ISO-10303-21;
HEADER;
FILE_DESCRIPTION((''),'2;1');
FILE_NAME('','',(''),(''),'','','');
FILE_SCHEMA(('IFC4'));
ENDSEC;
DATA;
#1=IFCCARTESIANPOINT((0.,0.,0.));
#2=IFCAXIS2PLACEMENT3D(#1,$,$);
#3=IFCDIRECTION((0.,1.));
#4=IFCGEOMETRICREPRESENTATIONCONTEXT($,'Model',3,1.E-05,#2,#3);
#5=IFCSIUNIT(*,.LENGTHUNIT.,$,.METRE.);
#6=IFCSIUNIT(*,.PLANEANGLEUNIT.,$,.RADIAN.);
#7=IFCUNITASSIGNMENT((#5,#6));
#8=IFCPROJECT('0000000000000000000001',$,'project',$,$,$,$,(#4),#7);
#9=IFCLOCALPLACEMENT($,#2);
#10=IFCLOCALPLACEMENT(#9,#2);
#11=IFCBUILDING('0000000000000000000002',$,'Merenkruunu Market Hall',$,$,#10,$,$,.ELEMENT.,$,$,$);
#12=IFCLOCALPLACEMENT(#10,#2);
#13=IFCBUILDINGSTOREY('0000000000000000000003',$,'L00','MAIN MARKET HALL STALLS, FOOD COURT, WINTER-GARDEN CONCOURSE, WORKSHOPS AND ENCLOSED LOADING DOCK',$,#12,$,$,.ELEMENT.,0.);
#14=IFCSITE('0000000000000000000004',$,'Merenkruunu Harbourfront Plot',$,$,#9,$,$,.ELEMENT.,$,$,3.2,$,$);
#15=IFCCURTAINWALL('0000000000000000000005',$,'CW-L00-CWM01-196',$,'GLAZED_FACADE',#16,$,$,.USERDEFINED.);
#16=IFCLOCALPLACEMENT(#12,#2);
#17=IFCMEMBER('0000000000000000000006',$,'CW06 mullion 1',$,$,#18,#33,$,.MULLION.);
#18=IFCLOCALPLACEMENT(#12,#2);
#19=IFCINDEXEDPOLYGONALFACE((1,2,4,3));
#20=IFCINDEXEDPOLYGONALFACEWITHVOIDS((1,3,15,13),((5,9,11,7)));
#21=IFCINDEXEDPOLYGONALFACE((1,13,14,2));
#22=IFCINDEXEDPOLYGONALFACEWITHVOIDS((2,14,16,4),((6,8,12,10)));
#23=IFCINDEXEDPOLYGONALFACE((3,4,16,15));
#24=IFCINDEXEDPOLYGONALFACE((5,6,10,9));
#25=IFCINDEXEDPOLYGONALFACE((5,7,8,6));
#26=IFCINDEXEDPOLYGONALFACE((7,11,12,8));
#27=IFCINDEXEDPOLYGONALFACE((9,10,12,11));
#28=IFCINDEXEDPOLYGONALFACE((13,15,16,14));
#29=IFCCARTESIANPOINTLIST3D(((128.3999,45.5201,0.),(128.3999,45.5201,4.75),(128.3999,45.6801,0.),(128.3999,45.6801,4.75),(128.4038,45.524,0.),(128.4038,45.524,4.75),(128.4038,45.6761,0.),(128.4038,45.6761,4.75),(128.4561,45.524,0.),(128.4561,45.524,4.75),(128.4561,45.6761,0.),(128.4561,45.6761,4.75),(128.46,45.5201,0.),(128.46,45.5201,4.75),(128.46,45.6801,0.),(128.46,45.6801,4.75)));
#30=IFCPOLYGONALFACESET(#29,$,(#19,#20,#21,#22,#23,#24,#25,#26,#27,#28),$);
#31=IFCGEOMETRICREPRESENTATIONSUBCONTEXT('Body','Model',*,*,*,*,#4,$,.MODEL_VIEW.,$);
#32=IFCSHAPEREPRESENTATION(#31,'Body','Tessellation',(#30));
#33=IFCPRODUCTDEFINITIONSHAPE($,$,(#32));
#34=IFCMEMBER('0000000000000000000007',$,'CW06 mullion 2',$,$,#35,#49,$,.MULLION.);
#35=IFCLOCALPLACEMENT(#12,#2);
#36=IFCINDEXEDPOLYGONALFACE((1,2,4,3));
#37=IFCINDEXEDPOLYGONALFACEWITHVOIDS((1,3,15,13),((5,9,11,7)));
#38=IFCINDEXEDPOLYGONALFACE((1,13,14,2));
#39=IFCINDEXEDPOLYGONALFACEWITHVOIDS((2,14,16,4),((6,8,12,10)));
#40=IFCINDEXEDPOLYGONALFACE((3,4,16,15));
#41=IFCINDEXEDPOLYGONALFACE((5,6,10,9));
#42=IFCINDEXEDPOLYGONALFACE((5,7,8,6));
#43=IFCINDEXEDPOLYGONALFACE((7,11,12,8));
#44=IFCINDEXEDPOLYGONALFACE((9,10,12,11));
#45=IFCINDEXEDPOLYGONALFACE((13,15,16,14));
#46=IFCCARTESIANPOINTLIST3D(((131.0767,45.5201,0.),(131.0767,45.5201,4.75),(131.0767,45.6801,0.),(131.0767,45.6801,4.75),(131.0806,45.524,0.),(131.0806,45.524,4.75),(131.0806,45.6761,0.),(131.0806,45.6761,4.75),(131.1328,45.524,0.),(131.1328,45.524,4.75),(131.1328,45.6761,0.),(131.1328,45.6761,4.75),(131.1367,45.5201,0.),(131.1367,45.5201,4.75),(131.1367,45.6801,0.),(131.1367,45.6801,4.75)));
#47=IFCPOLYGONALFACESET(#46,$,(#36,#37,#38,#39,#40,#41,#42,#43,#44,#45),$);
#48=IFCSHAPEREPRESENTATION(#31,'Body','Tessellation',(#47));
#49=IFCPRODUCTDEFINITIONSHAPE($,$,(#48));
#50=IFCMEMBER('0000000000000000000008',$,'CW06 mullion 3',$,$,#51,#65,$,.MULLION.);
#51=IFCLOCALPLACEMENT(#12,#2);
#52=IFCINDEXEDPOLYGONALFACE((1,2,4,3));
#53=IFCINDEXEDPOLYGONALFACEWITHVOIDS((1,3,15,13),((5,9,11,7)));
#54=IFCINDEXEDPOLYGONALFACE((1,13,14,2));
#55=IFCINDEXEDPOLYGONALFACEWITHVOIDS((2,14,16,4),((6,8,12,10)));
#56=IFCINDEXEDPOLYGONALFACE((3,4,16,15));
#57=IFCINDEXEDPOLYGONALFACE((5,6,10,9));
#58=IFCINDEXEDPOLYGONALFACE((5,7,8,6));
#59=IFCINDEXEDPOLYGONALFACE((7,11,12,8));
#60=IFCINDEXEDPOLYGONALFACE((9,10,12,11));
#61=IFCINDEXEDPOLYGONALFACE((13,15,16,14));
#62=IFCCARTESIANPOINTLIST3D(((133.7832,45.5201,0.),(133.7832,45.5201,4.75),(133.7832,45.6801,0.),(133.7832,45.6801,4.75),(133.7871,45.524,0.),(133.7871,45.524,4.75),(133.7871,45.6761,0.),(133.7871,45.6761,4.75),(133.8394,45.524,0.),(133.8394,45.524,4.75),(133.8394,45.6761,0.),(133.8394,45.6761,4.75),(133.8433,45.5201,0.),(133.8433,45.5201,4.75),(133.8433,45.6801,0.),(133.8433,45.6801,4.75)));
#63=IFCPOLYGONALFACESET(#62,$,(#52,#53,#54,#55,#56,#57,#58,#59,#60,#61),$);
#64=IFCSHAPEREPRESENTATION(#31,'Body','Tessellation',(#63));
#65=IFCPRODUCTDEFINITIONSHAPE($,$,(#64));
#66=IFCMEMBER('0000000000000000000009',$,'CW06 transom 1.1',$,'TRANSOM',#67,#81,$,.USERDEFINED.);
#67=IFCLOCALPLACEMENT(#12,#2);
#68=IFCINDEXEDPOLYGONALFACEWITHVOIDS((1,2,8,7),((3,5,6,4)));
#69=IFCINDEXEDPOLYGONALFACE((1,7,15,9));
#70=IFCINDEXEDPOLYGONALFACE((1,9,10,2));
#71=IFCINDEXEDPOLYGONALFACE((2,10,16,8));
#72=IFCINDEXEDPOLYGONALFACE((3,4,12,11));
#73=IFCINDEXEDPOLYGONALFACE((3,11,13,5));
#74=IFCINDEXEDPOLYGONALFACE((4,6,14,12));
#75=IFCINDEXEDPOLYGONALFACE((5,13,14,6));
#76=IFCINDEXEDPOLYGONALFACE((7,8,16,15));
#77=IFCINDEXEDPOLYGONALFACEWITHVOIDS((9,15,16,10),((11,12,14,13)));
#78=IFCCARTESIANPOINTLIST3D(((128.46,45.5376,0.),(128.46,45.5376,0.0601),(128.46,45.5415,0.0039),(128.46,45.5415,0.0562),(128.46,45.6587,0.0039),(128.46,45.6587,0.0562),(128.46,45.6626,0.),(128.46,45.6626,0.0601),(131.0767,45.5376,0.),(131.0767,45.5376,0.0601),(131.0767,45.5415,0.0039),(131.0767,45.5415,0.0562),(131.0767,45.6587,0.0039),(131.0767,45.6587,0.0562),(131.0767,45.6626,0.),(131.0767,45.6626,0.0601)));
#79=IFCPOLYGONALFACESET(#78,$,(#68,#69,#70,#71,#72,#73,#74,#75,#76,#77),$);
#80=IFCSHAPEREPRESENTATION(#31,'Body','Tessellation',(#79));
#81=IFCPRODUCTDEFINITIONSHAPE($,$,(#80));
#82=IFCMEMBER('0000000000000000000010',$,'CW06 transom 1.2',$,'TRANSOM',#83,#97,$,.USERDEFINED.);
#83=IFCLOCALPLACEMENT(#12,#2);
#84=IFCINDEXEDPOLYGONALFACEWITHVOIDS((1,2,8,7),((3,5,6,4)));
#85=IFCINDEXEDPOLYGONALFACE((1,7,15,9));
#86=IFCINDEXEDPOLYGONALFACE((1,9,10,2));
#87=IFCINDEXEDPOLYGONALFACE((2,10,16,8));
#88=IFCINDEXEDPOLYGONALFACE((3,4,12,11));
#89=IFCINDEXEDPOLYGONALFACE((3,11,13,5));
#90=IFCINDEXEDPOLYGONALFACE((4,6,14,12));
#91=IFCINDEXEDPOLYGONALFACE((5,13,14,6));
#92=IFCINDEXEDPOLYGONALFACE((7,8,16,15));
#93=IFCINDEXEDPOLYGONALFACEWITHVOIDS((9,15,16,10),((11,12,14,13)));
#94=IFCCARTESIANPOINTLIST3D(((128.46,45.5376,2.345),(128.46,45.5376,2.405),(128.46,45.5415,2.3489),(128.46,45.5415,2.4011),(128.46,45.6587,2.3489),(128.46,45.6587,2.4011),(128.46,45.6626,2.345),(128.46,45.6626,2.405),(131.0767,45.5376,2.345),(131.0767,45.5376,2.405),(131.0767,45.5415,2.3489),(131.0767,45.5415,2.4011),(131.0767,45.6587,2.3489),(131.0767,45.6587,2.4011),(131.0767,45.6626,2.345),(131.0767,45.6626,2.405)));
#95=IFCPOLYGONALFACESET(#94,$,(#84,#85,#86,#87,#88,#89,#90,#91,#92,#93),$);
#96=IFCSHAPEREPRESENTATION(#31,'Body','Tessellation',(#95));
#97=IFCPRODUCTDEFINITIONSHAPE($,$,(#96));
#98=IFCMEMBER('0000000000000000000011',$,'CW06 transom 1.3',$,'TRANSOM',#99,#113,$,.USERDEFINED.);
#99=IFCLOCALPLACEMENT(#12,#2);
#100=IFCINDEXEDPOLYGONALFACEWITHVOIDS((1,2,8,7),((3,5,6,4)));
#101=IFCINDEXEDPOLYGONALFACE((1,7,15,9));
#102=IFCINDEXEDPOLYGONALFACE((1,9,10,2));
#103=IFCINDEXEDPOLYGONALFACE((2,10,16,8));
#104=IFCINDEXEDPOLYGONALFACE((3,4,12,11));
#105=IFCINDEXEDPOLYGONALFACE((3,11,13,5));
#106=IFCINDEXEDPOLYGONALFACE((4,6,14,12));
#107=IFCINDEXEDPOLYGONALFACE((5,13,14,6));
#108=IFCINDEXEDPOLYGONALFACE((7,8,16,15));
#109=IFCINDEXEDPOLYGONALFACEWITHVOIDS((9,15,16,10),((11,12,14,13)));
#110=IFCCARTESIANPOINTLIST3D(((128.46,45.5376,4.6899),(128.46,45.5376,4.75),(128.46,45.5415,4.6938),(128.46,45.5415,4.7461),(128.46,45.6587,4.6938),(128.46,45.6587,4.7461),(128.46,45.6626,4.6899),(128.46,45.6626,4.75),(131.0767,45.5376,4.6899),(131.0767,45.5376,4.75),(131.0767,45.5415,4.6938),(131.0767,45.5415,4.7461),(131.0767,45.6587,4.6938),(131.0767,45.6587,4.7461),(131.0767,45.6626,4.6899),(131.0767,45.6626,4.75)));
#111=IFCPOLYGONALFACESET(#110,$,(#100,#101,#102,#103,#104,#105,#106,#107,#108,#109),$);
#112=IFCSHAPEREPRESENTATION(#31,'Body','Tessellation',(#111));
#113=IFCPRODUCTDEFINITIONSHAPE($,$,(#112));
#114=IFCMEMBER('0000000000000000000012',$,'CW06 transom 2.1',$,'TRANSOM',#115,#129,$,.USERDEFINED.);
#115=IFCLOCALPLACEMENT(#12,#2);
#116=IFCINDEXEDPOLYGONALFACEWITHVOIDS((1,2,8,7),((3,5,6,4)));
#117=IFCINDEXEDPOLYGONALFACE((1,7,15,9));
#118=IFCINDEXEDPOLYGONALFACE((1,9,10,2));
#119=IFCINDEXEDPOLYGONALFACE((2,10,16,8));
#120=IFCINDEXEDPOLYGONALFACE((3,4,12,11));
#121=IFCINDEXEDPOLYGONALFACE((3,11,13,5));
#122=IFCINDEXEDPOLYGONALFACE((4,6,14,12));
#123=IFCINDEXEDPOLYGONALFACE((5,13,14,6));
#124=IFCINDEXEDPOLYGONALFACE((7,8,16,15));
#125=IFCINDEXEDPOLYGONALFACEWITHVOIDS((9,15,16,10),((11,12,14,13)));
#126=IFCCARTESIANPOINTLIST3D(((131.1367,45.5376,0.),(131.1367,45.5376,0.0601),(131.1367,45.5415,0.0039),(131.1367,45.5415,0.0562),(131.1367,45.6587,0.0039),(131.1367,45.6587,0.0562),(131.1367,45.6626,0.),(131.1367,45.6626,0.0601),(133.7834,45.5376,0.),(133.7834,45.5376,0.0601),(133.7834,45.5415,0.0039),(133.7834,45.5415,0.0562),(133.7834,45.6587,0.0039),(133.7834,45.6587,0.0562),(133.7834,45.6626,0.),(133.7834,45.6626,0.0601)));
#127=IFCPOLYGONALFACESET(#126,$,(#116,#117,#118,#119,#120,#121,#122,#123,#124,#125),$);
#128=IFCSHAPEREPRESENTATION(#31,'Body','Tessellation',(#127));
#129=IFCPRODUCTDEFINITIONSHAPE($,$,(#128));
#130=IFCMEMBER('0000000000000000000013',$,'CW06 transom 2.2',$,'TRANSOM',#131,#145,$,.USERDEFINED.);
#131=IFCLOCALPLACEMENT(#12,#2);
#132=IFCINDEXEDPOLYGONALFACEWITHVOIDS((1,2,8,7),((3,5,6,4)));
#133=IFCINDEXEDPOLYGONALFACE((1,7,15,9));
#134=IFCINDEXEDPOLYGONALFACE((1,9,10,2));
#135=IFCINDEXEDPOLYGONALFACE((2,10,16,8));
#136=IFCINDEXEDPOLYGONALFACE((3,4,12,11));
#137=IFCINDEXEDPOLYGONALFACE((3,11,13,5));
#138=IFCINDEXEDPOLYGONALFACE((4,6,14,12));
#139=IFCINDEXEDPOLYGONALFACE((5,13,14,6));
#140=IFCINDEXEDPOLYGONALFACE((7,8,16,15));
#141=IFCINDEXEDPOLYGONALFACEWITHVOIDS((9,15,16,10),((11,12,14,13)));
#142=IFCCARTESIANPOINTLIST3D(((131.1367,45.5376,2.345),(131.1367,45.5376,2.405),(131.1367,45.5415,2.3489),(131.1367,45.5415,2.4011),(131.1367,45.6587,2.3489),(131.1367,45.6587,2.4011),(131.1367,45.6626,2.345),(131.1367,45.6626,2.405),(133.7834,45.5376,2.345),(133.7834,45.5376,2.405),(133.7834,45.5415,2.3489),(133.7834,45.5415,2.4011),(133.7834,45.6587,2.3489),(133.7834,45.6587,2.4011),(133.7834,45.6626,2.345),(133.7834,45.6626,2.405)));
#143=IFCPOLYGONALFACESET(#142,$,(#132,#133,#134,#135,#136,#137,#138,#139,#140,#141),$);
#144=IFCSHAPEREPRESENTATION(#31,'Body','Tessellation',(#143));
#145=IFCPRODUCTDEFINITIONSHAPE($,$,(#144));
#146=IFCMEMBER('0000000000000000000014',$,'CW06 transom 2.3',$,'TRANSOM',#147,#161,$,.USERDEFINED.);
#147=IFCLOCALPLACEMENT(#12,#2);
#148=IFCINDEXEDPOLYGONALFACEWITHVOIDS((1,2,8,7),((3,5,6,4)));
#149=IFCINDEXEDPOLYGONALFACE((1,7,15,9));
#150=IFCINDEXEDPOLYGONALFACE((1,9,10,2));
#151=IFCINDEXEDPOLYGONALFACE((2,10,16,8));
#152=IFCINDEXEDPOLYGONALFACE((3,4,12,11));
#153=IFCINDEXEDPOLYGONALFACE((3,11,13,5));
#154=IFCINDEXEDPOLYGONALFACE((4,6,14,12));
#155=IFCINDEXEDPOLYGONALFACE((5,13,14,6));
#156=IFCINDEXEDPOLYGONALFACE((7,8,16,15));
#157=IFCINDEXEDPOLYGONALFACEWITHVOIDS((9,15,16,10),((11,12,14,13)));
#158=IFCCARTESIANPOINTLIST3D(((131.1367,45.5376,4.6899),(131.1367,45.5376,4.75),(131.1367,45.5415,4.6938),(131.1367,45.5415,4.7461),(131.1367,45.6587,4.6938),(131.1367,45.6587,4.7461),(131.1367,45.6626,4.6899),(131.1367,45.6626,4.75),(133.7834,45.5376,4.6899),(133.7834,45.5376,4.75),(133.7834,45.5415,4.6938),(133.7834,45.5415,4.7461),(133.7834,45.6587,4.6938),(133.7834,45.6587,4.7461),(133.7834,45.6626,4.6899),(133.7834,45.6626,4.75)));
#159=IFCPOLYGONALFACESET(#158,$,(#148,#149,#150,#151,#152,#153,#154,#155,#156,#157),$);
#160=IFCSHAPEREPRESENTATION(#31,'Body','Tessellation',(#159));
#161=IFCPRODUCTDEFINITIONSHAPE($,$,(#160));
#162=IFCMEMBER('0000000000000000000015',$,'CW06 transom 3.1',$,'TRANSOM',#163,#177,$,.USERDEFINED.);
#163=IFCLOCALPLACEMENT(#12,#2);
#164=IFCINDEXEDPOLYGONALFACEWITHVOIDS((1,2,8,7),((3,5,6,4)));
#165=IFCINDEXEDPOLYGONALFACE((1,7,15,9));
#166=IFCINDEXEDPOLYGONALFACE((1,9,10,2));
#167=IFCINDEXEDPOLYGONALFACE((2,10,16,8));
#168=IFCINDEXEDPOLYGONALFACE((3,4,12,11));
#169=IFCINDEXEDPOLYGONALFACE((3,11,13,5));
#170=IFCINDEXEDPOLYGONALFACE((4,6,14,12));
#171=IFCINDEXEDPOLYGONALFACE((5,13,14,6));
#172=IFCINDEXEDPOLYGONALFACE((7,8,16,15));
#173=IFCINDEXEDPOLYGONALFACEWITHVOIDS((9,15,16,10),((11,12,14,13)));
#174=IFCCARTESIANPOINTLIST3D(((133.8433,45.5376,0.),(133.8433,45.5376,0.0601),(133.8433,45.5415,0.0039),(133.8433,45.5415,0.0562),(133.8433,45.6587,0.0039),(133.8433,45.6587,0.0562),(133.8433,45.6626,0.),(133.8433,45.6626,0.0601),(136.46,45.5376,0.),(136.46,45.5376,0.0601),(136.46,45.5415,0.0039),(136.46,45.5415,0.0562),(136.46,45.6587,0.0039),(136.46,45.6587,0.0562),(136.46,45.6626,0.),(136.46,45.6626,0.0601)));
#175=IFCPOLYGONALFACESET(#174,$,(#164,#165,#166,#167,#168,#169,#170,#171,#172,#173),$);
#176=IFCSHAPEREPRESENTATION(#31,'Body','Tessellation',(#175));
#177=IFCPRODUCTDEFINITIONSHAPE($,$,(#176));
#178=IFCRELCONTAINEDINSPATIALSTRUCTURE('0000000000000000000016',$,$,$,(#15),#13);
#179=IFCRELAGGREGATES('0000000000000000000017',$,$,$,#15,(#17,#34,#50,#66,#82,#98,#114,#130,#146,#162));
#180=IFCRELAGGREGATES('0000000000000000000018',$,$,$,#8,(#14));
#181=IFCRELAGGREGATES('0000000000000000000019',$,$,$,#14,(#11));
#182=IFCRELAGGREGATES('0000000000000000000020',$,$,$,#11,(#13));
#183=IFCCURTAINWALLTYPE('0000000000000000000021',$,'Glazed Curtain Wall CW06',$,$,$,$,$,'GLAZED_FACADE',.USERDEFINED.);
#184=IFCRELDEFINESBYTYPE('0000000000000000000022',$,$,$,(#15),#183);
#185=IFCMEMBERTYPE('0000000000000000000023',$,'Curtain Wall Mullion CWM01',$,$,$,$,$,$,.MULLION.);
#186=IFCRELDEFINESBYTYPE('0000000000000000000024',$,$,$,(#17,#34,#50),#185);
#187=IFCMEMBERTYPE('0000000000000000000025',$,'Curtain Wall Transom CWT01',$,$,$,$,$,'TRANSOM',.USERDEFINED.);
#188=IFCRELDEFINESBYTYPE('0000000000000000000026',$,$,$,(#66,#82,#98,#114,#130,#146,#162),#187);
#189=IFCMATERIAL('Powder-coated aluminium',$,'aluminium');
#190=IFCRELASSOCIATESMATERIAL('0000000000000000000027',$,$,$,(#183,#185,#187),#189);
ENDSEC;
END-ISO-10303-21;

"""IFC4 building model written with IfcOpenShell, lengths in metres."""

from ifc_helpers import new_model, si_unit, direction, frame, origin, origin_2d, place, context, subcontext, project, spatial, hollow_rectangle, extrude, material, material_profile, profile_set, type_object, element, aggregate, save


model = new_model("IFC4")

# Units and contexts
model_context = context("Model", 3, precision=1e-05, world=origin(), true_north=direction((0.0, 1.0)))
body_context = subcontext(model_context, "Body", "Model", "MODEL_VIEW")
ifc_project = project(units=[si_unit("LENGTHUNIT", "METRE"), si_unit("PLANEANGLEUNIT", "RADIAN")], contexts=[model_context])

# Site, building, storey
site_placement = place(None, origin())
site = spatial("IfcSite", under=ifc_project, at=site_placement, Name="Merenkruunu Harbourfront Plot", CompositionType="ELEMENT", RefElevation=3.2)
building_placement = place(site_placement, origin())
building = spatial("IfcBuilding", under=site, at=building_placement, Name="Merenkruunu Market Hall", CompositionType="ELEMENT")
storey_placement = place(building_placement, origin())
storey = spatial("IfcBuildingStorey", under=building, at=storey_placement, Name="L00", Description="MAIN MARKET HALL STALLS, FOOD COURT, WINTER-GARDEN CONCOURSE, WORKSHOPS AND ENCLOSED LOADING DOCK", CompositionType="ELEMENT", Elevation=0.0)

# Curtain wall, members
ifc_material_1 = material(Name="Powder-coated aluminium", Category="aluminium")
curtain_wall_type = type_object("IfcCurtainWallType", Name="Glazed Curtain Wall CW06", ElementType="GLAZED_FACADE", PredefinedType="USERDEFINED", material=ifc_material_1)
curtain_wall_placement = place(storey_placement, origin())
curtain_wall = element("IfcCurtainWall", 1, at=curtain_wall_placement, inside=storey, type_object=curtain_wall_type, Name="CW-L00-CWM01-196", ObjectType="GLAZED_FACADE", PredefinedType="USERDEFINED")
ifc_material_profile_1 = material_profile(ifc_material_1, hollow_rectangle(XDim=0.0601, YDim=0.1599, WallThickness=0.0039, at=origin_2d()), Name="ALU 60x160x4")
ifc_profile_set_1 = profile_set([ifc_material_profile_1], Name="Powder-coated aluminium")
member_type_1 = type_object("IfcMemberType", Name="Curtain Wall Mullion CWM01", PredefinedType="MULLION", material=ifc_profile_set_1)
member_1_placement = place(storey_placement, frame((128.4299, 45.6001, 0.0), z_axis=(0.0, 0.0, 1.0), x_axis=(1.0, 0.0, 0.0)))
member_1 = element("IfcMember", 2, at=member_1_placement, type_object=member_type_1, Name="CW06 mullion 1", PredefinedType="MULLION", context=body_context, shape_type="SweptSolid", body=[
    extrude(hollow_rectangle(XDim=0.0601, YDim=0.1599, WallThickness=0.0039, at=origin_2d()), origin(), (0.0, 0.0, 1.0), 4.75),
])
member_2_placement = place(storey_placement, frame((131.1067, 45.6001, 0.0), z_axis=(0.0, 0.0, 1.0), x_axis=(1.0, 0.0, 0.0)))
member_2 = element("IfcMember", 3, at=member_2_placement, type_object=member_type_1, Name="CW06 mullion 2", PredefinedType="MULLION", context=body_context, shape_type="SweptSolid", body=[
    extrude(hollow_rectangle(XDim=0.0601, YDim=0.1599, WallThickness=0.0039, at=origin_2d()), origin(), (0.0, 0.0, 1.0), 4.75),
])
member_3_placement = place(storey_placement, frame((133.8132, 45.6001, 0.0), z_axis=(0.0, 0.0, 1.0), x_axis=(1.0, 0.0, 0.0)))
member_3 = element("IfcMember", 4, at=member_3_placement, type_object=member_type_1, Name="CW06 mullion 3", PredefinedType="MULLION", context=body_context, shape_type="SweptSolid", body=[
    extrude(hollow_rectangle(XDim=0.0601, YDim=0.1599, WallThickness=0.0039, at=origin_2d()), origin(), (0.0, 0.0, 1.0), 4.75),
])
ifc_material_profile_2 = material_profile(ifc_material_1, hollow_rectangle(XDim=0.0601, YDim=0.125, WallThickness=0.0039, at=origin_2d()), Name="ALU 60x125x4")
ifc_profile_set_2 = profile_set([ifc_material_profile_2], Name="Powder-coated aluminium")
member_type_2 = type_object("IfcMemberType", Name="Curtain Wall Transom CWT01", ElementType="TRANSOM", PredefinedType="USERDEFINED", material=ifc_profile_set_2)
member_4_placement = place(storey_placement, frame((128.46, 45.6001, 0.03), z_axis=(1.0, 0.0, 0.0), x_axis=(0.0, 0.0, 1.0)))
member_4 = element("IfcMember", 5, at=member_4_placement, type_object=member_type_2, Name="CW06 transom 1.1", ObjectType="TRANSOM", PredefinedType="USERDEFINED", context=body_context, shape_type="SweptSolid", body=[
    extrude(hollow_rectangle(XDim=0.0601, YDim=0.125, WallThickness=0.0039, at=origin_2d()), origin(), (0.0, 0.0, 1.0), 2.6167),
])
member_5_placement = place(storey_placement, frame((128.46, 45.6001, 2.375), z_axis=(1.0, 0.0, 0.0), x_axis=(0.0, 0.0, 1.0)))
member_5 = element("IfcMember", 6, at=member_5_placement, type_object=member_type_2, Name="CW06 transom 1.2", ObjectType="TRANSOM", PredefinedType="USERDEFINED", context=body_context, shape_type="SweptSolid", body=[
    extrude(hollow_rectangle(XDim=0.0601, YDim=0.125, WallThickness=0.0039, at=origin_2d()), origin(), (0.0, 0.0, 1.0), 2.6167),
])
member_6_placement = place(storey_placement, frame((128.46, 45.6001, 4.72), z_axis=(1.0, 0.0, 0.0), x_axis=(0.0, 0.0, 1.0)))
member_6 = element("IfcMember", 7, at=member_6_placement, type_object=member_type_2, Name="CW06 transom 1.3", ObjectType="TRANSOM", PredefinedType="USERDEFINED", context=body_context, shape_type="SweptSolid", body=[
    extrude(hollow_rectangle(XDim=0.0601, YDim=0.125, WallThickness=0.0039, at=origin_2d()), origin(), (0.0, 0.0, 1.0), 2.6167),
])
member_7_placement = place(storey_placement, frame((131.1367, 45.6001, 0.03), z_axis=(1.0, 0.0, 0.0), x_axis=(0.0, 0.0, 1.0)))
member_7 = element("IfcMember", 8, at=member_7_placement, type_object=member_type_2, Name="CW06 transom 2.1", ObjectType="TRANSOM", PredefinedType="USERDEFINED", context=body_context, shape_type="SweptSolid", body=[
    extrude(hollow_rectangle(XDim=0.0601, YDim=0.125, WallThickness=0.0039, at=origin_2d()), origin(), (0.0, 0.0, 1.0), 2.6467),
])
member_8_placement = place(storey_placement, frame((131.1367, 45.6001, 2.375), z_axis=(1.0, 0.0, 0.0), x_axis=(0.0, 0.0, 1.0)))
member_8 = element("IfcMember", 9, at=member_8_placement, type_object=member_type_2, Name="CW06 transom 2.2", ObjectType="TRANSOM", PredefinedType="USERDEFINED", context=body_context, shape_type="SweptSolid", body=[
    extrude(hollow_rectangle(XDim=0.0601, YDim=0.125, WallThickness=0.0039, at=origin_2d()), origin(), (0.0, 0.0, 1.0), 2.6467),
])
member_9_placement = place(storey_placement, frame((131.1367, 45.6001, 4.72), z_axis=(1.0, 0.0, 0.0), x_axis=(0.0, 0.0, 1.0)))
member_9 = element("IfcMember", 10, at=member_9_placement, type_object=member_type_2, Name="CW06 transom 2.3", ObjectType="TRANSOM", PredefinedType="USERDEFINED", context=body_context, shape_type="SweptSolid", body=[
    extrude(hollow_rectangle(XDim=0.0601, YDim=0.125, WallThickness=0.0039, at=origin_2d()), origin(), (0.0, 0.0, 1.0), 2.6467),
])
member_10_placement = place(storey_placement, frame((133.8433, 45.6001, 0.03), z_axis=(1.0, 0.0, 0.0), x_axis=(0.0, 0.0, 1.0)))
member_10 = element("IfcMember", 11, at=member_10_placement, type_object=member_type_2, Name="CW06 transom 3.1", ObjectType="TRANSOM", PredefinedType="USERDEFINED", context=body_context, shape_type="SweptSolid", body=[
    extrude(hollow_rectangle(XDim=0.0601, YDim=0.125, WallThickness=0.0039, at=origin_2d()), origin(), (0.0, 0.0, 1.0), 2.6167),
])

aggregate(curtain_wall, [member_1, member_2, member_3, member_4, member_5, member_6, member_7, member_8, member_9, member_10])

save(model, "model.ifc")
